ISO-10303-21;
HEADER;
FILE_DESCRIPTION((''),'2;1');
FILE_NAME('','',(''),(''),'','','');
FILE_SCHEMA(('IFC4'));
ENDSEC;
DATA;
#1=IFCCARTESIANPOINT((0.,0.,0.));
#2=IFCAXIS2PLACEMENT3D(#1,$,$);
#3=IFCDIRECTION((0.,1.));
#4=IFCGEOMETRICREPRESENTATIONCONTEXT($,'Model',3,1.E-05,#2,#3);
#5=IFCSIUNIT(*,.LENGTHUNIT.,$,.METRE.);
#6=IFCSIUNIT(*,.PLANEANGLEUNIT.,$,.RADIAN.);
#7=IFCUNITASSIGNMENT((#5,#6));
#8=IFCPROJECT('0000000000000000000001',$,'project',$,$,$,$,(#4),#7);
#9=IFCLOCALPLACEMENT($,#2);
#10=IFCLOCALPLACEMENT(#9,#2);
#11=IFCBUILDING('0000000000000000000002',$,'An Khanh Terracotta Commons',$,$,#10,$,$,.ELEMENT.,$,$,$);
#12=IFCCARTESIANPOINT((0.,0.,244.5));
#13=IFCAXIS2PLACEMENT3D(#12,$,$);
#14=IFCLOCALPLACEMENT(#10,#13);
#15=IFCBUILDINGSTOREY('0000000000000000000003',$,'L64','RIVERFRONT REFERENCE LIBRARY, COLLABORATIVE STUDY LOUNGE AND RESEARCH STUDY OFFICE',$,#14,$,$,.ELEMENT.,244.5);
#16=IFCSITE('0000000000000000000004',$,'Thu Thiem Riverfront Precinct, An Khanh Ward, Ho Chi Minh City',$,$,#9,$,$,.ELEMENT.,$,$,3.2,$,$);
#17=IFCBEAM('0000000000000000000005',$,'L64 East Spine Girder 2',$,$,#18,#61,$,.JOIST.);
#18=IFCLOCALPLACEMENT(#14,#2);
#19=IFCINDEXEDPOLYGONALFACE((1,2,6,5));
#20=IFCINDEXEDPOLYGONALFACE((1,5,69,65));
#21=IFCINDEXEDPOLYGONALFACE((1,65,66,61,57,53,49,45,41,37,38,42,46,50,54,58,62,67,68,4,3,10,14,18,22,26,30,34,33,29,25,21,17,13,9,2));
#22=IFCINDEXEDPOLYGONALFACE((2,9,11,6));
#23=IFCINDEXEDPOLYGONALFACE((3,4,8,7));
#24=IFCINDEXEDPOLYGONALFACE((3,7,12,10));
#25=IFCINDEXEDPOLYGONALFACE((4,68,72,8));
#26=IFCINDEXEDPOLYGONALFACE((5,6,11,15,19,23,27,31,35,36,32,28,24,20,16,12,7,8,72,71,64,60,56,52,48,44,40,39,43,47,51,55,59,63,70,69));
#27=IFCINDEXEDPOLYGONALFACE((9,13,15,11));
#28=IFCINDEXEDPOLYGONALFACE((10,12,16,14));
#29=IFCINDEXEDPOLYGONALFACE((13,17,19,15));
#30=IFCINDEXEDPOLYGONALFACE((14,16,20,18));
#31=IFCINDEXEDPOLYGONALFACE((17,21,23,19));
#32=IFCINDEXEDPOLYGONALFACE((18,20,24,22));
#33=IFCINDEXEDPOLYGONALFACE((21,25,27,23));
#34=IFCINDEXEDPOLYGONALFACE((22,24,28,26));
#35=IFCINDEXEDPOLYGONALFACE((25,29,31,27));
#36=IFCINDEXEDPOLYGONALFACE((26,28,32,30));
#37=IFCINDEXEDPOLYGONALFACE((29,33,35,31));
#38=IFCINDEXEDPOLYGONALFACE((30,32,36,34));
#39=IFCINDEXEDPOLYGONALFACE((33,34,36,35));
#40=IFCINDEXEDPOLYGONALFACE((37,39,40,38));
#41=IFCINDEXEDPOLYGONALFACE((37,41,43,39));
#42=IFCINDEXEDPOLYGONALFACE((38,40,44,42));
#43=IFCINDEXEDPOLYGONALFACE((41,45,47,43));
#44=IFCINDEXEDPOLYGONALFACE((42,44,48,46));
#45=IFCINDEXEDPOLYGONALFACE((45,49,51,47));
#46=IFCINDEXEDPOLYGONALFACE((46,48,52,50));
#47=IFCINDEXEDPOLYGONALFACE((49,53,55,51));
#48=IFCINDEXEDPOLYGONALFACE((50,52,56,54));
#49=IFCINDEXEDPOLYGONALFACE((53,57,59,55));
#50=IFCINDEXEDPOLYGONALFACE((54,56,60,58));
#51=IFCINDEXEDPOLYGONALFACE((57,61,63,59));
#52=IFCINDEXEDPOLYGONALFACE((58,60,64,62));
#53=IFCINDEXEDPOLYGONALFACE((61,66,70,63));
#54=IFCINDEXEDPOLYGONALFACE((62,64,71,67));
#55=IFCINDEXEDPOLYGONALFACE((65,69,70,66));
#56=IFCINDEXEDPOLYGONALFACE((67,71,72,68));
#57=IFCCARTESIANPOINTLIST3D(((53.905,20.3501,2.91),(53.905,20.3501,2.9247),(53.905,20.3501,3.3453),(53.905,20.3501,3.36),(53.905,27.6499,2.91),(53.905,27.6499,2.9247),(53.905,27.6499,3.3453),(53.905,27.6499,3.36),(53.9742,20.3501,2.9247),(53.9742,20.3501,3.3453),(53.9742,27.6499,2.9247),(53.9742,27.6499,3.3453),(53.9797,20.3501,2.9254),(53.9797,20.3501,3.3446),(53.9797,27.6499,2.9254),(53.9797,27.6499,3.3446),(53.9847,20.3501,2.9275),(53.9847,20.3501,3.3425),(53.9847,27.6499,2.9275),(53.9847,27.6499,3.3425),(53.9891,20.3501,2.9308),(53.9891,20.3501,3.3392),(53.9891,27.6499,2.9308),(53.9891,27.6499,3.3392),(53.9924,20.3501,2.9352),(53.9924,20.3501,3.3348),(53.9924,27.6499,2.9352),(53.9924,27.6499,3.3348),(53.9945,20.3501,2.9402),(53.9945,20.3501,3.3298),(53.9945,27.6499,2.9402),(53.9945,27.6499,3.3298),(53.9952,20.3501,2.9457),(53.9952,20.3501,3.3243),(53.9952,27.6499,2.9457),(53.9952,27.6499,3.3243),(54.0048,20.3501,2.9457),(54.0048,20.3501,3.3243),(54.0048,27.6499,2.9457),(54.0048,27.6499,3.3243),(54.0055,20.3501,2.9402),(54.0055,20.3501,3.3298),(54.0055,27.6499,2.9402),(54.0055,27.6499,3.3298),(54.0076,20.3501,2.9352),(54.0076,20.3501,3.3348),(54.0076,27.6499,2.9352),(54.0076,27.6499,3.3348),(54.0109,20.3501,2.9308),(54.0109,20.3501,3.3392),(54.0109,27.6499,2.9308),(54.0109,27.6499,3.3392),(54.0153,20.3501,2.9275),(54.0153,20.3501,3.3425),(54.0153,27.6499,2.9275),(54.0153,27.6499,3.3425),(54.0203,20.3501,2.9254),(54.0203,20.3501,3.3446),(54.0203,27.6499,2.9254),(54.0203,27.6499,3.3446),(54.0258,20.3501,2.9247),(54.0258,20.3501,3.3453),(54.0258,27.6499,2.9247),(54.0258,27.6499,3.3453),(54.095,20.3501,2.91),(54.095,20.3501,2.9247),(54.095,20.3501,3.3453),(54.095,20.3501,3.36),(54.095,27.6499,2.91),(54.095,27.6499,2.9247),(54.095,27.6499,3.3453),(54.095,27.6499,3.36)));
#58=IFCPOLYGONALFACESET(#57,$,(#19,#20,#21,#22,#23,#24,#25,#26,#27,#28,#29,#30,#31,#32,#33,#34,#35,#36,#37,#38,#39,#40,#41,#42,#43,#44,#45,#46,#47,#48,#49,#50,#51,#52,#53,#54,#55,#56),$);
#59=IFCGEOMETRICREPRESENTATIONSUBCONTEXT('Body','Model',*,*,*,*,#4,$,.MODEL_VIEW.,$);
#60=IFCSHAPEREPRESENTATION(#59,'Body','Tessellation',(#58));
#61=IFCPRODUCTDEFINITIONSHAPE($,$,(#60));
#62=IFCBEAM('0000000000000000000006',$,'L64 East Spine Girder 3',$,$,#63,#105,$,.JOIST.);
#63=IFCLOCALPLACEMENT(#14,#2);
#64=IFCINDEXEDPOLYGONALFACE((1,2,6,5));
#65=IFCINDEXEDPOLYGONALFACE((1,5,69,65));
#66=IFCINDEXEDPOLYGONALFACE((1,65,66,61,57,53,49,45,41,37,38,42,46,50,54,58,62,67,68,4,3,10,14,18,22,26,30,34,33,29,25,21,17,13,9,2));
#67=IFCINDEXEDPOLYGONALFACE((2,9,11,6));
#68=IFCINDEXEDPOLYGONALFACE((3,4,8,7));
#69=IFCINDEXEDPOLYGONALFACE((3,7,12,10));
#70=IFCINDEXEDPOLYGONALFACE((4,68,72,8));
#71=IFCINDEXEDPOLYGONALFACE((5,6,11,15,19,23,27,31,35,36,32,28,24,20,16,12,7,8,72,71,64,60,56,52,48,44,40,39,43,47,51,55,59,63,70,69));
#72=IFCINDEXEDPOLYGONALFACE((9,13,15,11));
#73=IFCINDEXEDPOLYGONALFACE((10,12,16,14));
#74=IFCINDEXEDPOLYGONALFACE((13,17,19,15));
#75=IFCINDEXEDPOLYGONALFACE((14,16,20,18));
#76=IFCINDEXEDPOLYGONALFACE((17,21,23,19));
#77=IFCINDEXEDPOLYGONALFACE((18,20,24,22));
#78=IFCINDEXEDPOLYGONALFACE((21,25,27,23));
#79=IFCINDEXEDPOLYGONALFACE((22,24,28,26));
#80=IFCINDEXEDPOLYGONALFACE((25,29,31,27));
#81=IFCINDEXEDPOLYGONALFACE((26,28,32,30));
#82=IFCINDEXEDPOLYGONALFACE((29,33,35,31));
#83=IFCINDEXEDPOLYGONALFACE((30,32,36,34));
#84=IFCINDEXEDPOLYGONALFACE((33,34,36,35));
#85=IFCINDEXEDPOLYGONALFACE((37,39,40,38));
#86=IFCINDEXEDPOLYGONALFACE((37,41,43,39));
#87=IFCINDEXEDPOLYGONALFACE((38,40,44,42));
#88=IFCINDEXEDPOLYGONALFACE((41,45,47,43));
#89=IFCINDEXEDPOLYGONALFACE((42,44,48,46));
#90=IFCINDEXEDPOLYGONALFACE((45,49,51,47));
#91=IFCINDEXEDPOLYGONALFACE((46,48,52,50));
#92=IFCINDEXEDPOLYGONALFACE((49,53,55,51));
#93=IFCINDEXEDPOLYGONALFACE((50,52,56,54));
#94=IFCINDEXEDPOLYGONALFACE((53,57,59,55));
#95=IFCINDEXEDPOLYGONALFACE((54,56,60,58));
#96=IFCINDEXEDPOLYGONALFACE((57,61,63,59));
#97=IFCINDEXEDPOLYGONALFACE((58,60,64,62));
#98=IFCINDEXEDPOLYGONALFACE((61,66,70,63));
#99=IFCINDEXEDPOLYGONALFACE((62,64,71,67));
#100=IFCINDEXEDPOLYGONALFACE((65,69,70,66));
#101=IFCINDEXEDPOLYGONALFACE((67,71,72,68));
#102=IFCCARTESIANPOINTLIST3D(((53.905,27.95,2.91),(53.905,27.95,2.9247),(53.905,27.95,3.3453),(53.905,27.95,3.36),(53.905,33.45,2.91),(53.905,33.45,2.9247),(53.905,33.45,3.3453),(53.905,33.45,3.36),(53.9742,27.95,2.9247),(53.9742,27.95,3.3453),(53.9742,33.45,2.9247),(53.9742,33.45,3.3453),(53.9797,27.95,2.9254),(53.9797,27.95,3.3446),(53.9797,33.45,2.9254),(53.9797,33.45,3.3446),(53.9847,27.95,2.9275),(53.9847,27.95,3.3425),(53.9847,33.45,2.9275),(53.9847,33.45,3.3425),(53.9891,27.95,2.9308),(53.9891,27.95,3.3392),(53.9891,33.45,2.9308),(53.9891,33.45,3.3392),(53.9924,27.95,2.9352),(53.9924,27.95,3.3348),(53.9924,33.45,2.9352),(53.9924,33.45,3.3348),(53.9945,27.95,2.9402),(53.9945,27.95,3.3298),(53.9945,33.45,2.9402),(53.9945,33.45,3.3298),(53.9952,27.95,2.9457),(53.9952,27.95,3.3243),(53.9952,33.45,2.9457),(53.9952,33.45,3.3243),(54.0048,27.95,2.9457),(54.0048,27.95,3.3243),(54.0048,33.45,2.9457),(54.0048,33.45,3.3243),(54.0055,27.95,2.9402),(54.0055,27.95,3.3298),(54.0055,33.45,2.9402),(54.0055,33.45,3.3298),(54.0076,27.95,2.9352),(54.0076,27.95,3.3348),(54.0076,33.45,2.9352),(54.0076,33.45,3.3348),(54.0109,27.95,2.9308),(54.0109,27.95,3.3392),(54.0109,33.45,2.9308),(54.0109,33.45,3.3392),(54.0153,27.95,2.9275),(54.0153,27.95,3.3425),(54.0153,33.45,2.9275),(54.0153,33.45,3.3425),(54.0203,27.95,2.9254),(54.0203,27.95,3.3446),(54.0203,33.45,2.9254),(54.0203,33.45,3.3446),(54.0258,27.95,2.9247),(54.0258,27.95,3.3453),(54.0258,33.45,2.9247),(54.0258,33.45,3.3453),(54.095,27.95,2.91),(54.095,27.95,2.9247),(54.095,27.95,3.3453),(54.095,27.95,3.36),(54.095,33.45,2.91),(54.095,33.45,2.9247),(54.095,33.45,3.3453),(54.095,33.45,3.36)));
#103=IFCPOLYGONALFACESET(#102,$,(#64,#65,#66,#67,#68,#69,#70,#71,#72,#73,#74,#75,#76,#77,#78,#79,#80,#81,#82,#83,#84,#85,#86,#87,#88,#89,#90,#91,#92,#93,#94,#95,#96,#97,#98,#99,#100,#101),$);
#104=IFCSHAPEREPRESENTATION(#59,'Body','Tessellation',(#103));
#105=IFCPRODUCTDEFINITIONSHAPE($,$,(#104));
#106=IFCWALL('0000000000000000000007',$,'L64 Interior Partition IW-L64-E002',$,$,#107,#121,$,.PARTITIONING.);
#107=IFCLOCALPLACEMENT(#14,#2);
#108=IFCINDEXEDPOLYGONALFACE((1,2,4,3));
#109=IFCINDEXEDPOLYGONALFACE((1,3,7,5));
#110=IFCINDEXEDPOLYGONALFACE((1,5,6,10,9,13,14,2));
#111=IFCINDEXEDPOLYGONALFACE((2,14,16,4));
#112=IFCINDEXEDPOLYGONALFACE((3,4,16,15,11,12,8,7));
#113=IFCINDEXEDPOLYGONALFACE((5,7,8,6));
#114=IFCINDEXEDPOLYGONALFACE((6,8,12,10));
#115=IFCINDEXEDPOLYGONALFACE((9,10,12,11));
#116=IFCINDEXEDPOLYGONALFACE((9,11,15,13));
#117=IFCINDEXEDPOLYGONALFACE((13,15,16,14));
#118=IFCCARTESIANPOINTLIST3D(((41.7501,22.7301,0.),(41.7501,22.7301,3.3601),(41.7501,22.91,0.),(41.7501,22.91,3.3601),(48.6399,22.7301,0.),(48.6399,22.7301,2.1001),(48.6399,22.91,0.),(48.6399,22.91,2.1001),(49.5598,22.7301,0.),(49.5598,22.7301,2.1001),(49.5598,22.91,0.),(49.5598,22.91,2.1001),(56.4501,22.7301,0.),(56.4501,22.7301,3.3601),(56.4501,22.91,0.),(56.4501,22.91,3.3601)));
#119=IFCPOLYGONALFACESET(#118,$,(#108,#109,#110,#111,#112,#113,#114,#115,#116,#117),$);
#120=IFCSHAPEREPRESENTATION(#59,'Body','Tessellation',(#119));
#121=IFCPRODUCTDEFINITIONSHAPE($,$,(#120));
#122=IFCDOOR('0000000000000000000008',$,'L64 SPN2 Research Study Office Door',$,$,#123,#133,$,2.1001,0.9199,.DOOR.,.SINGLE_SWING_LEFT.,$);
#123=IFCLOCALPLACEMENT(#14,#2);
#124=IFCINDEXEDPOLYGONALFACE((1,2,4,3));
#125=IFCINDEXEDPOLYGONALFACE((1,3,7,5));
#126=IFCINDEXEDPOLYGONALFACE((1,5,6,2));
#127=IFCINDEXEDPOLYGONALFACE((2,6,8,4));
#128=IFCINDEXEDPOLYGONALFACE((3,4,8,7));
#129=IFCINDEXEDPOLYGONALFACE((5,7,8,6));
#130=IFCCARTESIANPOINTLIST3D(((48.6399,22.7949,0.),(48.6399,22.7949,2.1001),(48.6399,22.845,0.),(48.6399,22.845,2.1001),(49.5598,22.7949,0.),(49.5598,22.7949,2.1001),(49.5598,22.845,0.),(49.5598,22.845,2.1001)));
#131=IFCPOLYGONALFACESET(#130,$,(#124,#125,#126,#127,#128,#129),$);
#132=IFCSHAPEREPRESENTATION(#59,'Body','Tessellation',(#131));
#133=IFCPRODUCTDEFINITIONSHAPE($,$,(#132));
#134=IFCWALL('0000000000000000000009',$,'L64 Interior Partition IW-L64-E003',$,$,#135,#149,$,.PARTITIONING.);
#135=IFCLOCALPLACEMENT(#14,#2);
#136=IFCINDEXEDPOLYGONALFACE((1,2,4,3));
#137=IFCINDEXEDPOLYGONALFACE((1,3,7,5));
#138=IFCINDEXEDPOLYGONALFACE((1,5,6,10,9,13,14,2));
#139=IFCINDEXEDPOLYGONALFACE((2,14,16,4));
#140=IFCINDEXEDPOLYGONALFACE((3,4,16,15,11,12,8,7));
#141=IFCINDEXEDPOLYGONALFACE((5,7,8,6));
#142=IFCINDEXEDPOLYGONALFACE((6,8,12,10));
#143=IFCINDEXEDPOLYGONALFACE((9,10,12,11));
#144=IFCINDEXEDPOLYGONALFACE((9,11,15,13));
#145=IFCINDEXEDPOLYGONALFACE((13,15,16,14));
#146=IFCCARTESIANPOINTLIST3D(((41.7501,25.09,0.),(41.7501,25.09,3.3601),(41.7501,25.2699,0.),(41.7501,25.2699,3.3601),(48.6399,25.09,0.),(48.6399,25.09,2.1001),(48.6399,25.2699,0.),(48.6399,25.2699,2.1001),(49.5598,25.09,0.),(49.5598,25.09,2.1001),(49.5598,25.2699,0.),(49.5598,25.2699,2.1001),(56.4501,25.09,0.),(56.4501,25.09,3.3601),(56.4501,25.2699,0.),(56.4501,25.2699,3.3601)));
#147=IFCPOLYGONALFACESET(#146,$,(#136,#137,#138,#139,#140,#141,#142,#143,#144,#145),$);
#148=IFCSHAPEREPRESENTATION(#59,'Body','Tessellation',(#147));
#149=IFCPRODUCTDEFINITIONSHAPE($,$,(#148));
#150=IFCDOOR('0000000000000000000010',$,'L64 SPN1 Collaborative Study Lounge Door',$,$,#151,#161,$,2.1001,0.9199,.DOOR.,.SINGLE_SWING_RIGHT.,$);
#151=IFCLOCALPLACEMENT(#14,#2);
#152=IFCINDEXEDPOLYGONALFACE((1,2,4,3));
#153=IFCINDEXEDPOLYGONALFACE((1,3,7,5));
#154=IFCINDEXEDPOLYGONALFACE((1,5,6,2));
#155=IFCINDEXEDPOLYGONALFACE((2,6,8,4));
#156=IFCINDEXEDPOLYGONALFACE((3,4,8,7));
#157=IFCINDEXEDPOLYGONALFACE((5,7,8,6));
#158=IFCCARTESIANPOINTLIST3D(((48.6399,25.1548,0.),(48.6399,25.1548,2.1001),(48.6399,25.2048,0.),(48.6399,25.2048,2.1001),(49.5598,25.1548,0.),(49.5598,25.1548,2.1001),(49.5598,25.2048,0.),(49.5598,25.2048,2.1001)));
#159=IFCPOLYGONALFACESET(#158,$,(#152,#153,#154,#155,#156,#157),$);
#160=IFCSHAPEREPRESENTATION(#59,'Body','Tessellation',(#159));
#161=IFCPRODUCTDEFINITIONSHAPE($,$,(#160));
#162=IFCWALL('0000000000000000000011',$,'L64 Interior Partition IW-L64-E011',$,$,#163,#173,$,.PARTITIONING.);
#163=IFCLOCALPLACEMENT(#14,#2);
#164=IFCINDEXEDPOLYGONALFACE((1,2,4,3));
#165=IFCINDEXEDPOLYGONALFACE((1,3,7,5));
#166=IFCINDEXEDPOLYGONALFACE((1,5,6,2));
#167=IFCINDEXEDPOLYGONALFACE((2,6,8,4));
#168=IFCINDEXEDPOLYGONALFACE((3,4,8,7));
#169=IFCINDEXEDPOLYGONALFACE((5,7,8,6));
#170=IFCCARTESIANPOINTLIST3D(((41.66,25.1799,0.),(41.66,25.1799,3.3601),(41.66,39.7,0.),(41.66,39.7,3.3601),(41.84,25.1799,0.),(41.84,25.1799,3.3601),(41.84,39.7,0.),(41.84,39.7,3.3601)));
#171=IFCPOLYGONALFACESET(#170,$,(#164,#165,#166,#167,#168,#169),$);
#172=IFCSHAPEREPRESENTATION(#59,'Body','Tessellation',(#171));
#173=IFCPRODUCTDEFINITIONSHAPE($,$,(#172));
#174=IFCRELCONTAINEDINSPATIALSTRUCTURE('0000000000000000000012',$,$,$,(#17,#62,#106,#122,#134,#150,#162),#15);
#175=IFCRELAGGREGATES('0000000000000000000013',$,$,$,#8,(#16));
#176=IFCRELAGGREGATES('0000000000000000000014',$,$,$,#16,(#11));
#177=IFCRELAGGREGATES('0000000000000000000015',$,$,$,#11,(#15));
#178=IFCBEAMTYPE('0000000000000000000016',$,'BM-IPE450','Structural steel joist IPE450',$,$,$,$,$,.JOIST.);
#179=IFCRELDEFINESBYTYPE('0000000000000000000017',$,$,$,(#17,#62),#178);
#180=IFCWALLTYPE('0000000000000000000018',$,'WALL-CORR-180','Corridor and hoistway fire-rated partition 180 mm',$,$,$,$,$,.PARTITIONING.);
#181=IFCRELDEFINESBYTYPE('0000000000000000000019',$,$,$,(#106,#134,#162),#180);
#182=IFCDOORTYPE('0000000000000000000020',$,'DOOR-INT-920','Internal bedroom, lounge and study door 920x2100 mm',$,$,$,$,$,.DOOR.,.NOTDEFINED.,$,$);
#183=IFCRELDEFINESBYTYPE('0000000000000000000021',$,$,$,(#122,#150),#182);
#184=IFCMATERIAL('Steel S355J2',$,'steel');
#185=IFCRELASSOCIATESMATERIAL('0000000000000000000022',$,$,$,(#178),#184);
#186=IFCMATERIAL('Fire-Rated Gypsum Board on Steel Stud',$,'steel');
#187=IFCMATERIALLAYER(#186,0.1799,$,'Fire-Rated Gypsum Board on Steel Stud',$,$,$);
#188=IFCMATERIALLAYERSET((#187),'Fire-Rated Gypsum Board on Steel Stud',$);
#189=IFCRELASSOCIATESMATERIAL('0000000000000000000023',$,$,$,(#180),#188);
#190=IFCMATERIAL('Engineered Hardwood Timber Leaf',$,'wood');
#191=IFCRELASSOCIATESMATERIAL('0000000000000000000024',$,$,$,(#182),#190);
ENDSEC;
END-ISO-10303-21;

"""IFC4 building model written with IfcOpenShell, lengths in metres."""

from ifc_helpers import new_model, si_unit, direction, frame, frame_2d, origin, origin_2d, place, context, subcontext, project, spatial, rectangle, i_section, extrude, material, layer, layer_set, material_profile, profile_set, type_object, element, fill, save


model = new_model("IFC4")

# Units and contexts
model_context = context("Model", 3, precision=1e-05, world=origin(), true_north=direction((0.0, 1.0)))
body_context = subcontext(model_context, "Body", "Model", "MODEL_VIEW")
ifc_project = project(units=[si_unit("LENGTHUNIT", "METRE"), si_unit("PLANEANGLEUNIT", "RADIAN")], contexts=[model_context])

# Site, building, storey
site_placement = place(None, origin())
site = spatial("IfcSite", under=ifc_project, at=site_placement, Name="Thu Thiem Riverfront Precinct, An Khanh Ward, Ho Chi Minh City", CompositionType="ELEMENT", RefElevation=3.2)
building_placement = place(site_placement, origin())
building = spatial("IfcBuilding", under=site, at=building_placement, Name="An Khanh Terracotta Commons", CompositionType="ELEMENT")
storey_placement = place(building_placement, frame((0.0, 0.0, 244.5)))
storey = spatial("IfcBuildingStorey", under=building, at=storey_placement, Name="L64", Description="RIVERFRONT REFERENCE LIBRARY, COLLABORATIVE STUDY LOUNGE AND RESEARCH STUDY OFFICE", CompositionType="ELEMENT", Elevation=244.5)

# Beams
ifc_material_1 = material(Name="Steel S355J2", Category="steel")
ifc_material_profile_1 = material_profile(ifc_material_1, i_section(OverallWidth=0.1899, OverallDepth=0.45, WebThickness=0.0095, FlangeThickness=0.0146, FilletRadius=0.021, at=origin_2d()), Name="IPE450")
ifc_profile_set_1 = profile_set([ifc_material_profile_1], Name="Steel S355J2")
beam_type_1 = type_object("IfcBeamType", Name="BM-IPE450", Description="Structural steel joist IPE450", PredefinedType="JOIST", material=ifc_profile_set_1)
beam_1_placement = place(storey_placement, frame((54.0, 20.3501, 3.135), z_axis=(0.0, 1.0, 0.0), x_axis=(-1.0, 0.0, 0.0)))
element("IfcBeam", 1, at=beam_1_placement, inside=storey, type_object=beam_type_1, Name="L64 East Spine Girder 2", PredefinedType="JOIST", context=body_context, shape_type="SweptSolid", body=[
    extrude(i_section(OverallWidth=0.1899, OverallDepth=0.45, WebThickness=0.0095, FlangeThickness=0.0146, FilletRadius=0.021, at=origin_2d()), origin(), (0.0, 0.0, 1.0), 7.2998),
])
beam_2_placement = place(storey_placement, frame((54.0, 27.95, 3.135), z_axis=(0.0, 1.0, 0.0), x_axis=(-1.0, 0.0, 0.0)))
element("IfcBeam", 2, at=beam_2_placement, inside=storey, type_object=beam_type_1, Name="L64 East Spine Girder 3", PredefinedType="JOIST", context=body_context, shape_type="SweptSolid", body=[
    extrude(i_section(OverallWidth=0.1899, OverallDepth=0.45, WebThickness=0.0095, FlangeThickness=0.0146, FilletRadius=0.021, at=origin_2d()), origin(), (0.0, 0.0, 1.0), 5.5),
])

# Walls, openings, doors
ifc_material_2 = material(Name="Fire-Rated Gypsum Board on Steel Stud", Category="steel")
ifc_layer = layer(ifc_material_2, 0.1799, Name="Fire-Rated Gypsum Board on Steel Stud")
ifc_layer_set = layer_set([ifc_layer], Name="Fire-Rated Gypsum Board on Steel Stud")
wall_type = type_object("IfcWallType", Name="WALL-CORR-180", Description="Corridor and hoistway fire-rated partition 180 mm", PredefinedType="PARTITIONING", material=ifc_layer_set)
wall_1_placement = place(storey_placement, frame((41.75, 22.8201, 0.0), z_axis=(0.0, 0.0, 1.0), x_axis=(1.0, 0.0, 0.0)))
wall_1 = element("IfcWall", 3, at=wall_1_placement, inside=storey, type_object=wall_type, Name="L64 Interior Partition IW-L64-E002", PredefinedType="PARTITIONING", context=body_context, shape_type="SweptSolid", body=[
    extrude(rectangle(XDim=14.7, YDim=0.1799, at=frame_2d((7.3501, 0.0))), origin(), (0.0, 0.0, 1.0), 3.3601),
])
opening_1_placement = place(wall_1_placement, frame((6.8899, 0.0, 0.0)))
opening_1 = element("IfcOpeningElement", 4, at=opening_1_placement, cuts=wall_1, PredefinedType="OPENING", context=body_context, shape_type="SweptSolid", body=[
    extrude(rectangle(XDim=0.9199, YDim=2.1001, at=frame_2d((0.46, 1.05))), frame((0.0, 0.0999, 0.0), z_axis=(0.0, -1.0, 0.0), x_axis=(1.0, 0.0, 0.0)), (0.0, 0.0, 1.0), 0.2),
])
ifc_material_3 = material(Name="Engineered Hardwood Timber Leaf", Category="wood")
door_type = type_object("IfcDoorType", Name="DOOR-INT-920", Description="Internal bedroom, lounge and study door 920x2100 mm", OperationType="NOTDEFINED", PredefinedType="DOOR", material=ifc_material_3)
door_1_placement = place(opening_1_placement, origin())
door_1 = element("IfcDoor", 5, at=door_1_placement, inside=storey, type_object=door_type, Name="L64 SPN2 Research Study Office Door", OperationType="SINGLE_SWING_LEFT", OverallHeight=2.1001, OverallWidth=0.9199, PredefinedType="DOOR", context=body_context, shape_type="SweptSolid", body=[
    extrude(rectangle(XDim=0.9199, YDim=2.1001, at=frame_2d((0.46, 1.05))), frame((0.0, 0.0249, 0.0), z_axis=(0.0, -1.0, 0.0), x_axis=(1.0, 0.0, 0.0)), (0.0, 0.0, 1.0), 0.05),
])
fill(opening_1, door_1)
wall_2_placement = place(storey_placement, frame((41.75, 25.1799, 0.0), z_axis=(0.0, 0.0, 1.0), x_axis=(1.0, 0.0, 0.0)))
wall_2 = element("IfcWall", 6, at=wall_2_placement, inside=storey, type_object=wall_type, Name="L64 Interior Partition IW-L64-E003", PredefinedType="PARTITIONING", context=body_context, shape_type="SweptSolid", body=[
    extrude(rectangle(XDim=14.7, YDim=0.1799, at=frame_2d((7.3501, 0.0))), origin(), (0.0, 0.0, 1.0), 3.3601),
])
opening_2_placement = place(wall_2_placement, frame((6.8899, 0.0, 0.0)))
opening_2 = element("IfcOpeningElement", 7, at=opening_2_placement, cuts=wall_2, PredefinedType="OPENING", context=body_context, shape_type="SweptSolid", body=[
    extrude(rectangle(XDim=0.9199, YDim=2.1001, at=frame_2d((0.46, 1.05))), frame((0.0, 0.0999, 0.0), z_axis=(0.0, -1.0, 0.0), x_axis=(1.0, 0.0, 0.0)), (0.0, 0.0, 1.0), 0.2),
])
door_2_placement = place(opening_2_placement, origin())
door_2 = element("IfcDoor", 8, at=door_2_placement, inside=storey, type_object=door_type, Name="L64 SPN1 Collaborative Study Lounge Door", OperationType="SINGLE_SWING_RIGHT", OverallHeight=2.1001, OverallWidth=0.9199, PredefinedType="DOOR", context=body_context, shape_type="SweptSolid", body=[
    extrude(rectangle(XDim=0.9199, YDim=2.1001, at=frame_2d((0.46, 1.05))), frame((0.0, 0.0249, 0.0), z_axis=(0.0, -1.0, 0.0), x_axis=(1.0, 0.0, 0.0)), (0.0, 0.0, 1.0), 0.05),
])
fill(opening_2, door_2)

# Wall
wall_3_placement = place(storey_placement, frame((41.75, 25.1799, 0.0), z_axis=(0.0, 0.0, 1.0), x_axis=(0.0, 1.0, 0.0)))
element("IfcWall", 9, at=wall_3_placement, inside=storey, type_object=wall_type, Name="L64 Interior Partition IW-L64-E011", PredefinedType="PARTITIONING", context=body_context, shape_type="SweptSolid", body=[
    extrude(rectangle(XDim=14.52, YDim=0.1799, at=frame_2d((7.26, 0.0))), origin(), (0.0, 0.0, 1.0), 3.3601),
])

save(model, "model.ifc")
